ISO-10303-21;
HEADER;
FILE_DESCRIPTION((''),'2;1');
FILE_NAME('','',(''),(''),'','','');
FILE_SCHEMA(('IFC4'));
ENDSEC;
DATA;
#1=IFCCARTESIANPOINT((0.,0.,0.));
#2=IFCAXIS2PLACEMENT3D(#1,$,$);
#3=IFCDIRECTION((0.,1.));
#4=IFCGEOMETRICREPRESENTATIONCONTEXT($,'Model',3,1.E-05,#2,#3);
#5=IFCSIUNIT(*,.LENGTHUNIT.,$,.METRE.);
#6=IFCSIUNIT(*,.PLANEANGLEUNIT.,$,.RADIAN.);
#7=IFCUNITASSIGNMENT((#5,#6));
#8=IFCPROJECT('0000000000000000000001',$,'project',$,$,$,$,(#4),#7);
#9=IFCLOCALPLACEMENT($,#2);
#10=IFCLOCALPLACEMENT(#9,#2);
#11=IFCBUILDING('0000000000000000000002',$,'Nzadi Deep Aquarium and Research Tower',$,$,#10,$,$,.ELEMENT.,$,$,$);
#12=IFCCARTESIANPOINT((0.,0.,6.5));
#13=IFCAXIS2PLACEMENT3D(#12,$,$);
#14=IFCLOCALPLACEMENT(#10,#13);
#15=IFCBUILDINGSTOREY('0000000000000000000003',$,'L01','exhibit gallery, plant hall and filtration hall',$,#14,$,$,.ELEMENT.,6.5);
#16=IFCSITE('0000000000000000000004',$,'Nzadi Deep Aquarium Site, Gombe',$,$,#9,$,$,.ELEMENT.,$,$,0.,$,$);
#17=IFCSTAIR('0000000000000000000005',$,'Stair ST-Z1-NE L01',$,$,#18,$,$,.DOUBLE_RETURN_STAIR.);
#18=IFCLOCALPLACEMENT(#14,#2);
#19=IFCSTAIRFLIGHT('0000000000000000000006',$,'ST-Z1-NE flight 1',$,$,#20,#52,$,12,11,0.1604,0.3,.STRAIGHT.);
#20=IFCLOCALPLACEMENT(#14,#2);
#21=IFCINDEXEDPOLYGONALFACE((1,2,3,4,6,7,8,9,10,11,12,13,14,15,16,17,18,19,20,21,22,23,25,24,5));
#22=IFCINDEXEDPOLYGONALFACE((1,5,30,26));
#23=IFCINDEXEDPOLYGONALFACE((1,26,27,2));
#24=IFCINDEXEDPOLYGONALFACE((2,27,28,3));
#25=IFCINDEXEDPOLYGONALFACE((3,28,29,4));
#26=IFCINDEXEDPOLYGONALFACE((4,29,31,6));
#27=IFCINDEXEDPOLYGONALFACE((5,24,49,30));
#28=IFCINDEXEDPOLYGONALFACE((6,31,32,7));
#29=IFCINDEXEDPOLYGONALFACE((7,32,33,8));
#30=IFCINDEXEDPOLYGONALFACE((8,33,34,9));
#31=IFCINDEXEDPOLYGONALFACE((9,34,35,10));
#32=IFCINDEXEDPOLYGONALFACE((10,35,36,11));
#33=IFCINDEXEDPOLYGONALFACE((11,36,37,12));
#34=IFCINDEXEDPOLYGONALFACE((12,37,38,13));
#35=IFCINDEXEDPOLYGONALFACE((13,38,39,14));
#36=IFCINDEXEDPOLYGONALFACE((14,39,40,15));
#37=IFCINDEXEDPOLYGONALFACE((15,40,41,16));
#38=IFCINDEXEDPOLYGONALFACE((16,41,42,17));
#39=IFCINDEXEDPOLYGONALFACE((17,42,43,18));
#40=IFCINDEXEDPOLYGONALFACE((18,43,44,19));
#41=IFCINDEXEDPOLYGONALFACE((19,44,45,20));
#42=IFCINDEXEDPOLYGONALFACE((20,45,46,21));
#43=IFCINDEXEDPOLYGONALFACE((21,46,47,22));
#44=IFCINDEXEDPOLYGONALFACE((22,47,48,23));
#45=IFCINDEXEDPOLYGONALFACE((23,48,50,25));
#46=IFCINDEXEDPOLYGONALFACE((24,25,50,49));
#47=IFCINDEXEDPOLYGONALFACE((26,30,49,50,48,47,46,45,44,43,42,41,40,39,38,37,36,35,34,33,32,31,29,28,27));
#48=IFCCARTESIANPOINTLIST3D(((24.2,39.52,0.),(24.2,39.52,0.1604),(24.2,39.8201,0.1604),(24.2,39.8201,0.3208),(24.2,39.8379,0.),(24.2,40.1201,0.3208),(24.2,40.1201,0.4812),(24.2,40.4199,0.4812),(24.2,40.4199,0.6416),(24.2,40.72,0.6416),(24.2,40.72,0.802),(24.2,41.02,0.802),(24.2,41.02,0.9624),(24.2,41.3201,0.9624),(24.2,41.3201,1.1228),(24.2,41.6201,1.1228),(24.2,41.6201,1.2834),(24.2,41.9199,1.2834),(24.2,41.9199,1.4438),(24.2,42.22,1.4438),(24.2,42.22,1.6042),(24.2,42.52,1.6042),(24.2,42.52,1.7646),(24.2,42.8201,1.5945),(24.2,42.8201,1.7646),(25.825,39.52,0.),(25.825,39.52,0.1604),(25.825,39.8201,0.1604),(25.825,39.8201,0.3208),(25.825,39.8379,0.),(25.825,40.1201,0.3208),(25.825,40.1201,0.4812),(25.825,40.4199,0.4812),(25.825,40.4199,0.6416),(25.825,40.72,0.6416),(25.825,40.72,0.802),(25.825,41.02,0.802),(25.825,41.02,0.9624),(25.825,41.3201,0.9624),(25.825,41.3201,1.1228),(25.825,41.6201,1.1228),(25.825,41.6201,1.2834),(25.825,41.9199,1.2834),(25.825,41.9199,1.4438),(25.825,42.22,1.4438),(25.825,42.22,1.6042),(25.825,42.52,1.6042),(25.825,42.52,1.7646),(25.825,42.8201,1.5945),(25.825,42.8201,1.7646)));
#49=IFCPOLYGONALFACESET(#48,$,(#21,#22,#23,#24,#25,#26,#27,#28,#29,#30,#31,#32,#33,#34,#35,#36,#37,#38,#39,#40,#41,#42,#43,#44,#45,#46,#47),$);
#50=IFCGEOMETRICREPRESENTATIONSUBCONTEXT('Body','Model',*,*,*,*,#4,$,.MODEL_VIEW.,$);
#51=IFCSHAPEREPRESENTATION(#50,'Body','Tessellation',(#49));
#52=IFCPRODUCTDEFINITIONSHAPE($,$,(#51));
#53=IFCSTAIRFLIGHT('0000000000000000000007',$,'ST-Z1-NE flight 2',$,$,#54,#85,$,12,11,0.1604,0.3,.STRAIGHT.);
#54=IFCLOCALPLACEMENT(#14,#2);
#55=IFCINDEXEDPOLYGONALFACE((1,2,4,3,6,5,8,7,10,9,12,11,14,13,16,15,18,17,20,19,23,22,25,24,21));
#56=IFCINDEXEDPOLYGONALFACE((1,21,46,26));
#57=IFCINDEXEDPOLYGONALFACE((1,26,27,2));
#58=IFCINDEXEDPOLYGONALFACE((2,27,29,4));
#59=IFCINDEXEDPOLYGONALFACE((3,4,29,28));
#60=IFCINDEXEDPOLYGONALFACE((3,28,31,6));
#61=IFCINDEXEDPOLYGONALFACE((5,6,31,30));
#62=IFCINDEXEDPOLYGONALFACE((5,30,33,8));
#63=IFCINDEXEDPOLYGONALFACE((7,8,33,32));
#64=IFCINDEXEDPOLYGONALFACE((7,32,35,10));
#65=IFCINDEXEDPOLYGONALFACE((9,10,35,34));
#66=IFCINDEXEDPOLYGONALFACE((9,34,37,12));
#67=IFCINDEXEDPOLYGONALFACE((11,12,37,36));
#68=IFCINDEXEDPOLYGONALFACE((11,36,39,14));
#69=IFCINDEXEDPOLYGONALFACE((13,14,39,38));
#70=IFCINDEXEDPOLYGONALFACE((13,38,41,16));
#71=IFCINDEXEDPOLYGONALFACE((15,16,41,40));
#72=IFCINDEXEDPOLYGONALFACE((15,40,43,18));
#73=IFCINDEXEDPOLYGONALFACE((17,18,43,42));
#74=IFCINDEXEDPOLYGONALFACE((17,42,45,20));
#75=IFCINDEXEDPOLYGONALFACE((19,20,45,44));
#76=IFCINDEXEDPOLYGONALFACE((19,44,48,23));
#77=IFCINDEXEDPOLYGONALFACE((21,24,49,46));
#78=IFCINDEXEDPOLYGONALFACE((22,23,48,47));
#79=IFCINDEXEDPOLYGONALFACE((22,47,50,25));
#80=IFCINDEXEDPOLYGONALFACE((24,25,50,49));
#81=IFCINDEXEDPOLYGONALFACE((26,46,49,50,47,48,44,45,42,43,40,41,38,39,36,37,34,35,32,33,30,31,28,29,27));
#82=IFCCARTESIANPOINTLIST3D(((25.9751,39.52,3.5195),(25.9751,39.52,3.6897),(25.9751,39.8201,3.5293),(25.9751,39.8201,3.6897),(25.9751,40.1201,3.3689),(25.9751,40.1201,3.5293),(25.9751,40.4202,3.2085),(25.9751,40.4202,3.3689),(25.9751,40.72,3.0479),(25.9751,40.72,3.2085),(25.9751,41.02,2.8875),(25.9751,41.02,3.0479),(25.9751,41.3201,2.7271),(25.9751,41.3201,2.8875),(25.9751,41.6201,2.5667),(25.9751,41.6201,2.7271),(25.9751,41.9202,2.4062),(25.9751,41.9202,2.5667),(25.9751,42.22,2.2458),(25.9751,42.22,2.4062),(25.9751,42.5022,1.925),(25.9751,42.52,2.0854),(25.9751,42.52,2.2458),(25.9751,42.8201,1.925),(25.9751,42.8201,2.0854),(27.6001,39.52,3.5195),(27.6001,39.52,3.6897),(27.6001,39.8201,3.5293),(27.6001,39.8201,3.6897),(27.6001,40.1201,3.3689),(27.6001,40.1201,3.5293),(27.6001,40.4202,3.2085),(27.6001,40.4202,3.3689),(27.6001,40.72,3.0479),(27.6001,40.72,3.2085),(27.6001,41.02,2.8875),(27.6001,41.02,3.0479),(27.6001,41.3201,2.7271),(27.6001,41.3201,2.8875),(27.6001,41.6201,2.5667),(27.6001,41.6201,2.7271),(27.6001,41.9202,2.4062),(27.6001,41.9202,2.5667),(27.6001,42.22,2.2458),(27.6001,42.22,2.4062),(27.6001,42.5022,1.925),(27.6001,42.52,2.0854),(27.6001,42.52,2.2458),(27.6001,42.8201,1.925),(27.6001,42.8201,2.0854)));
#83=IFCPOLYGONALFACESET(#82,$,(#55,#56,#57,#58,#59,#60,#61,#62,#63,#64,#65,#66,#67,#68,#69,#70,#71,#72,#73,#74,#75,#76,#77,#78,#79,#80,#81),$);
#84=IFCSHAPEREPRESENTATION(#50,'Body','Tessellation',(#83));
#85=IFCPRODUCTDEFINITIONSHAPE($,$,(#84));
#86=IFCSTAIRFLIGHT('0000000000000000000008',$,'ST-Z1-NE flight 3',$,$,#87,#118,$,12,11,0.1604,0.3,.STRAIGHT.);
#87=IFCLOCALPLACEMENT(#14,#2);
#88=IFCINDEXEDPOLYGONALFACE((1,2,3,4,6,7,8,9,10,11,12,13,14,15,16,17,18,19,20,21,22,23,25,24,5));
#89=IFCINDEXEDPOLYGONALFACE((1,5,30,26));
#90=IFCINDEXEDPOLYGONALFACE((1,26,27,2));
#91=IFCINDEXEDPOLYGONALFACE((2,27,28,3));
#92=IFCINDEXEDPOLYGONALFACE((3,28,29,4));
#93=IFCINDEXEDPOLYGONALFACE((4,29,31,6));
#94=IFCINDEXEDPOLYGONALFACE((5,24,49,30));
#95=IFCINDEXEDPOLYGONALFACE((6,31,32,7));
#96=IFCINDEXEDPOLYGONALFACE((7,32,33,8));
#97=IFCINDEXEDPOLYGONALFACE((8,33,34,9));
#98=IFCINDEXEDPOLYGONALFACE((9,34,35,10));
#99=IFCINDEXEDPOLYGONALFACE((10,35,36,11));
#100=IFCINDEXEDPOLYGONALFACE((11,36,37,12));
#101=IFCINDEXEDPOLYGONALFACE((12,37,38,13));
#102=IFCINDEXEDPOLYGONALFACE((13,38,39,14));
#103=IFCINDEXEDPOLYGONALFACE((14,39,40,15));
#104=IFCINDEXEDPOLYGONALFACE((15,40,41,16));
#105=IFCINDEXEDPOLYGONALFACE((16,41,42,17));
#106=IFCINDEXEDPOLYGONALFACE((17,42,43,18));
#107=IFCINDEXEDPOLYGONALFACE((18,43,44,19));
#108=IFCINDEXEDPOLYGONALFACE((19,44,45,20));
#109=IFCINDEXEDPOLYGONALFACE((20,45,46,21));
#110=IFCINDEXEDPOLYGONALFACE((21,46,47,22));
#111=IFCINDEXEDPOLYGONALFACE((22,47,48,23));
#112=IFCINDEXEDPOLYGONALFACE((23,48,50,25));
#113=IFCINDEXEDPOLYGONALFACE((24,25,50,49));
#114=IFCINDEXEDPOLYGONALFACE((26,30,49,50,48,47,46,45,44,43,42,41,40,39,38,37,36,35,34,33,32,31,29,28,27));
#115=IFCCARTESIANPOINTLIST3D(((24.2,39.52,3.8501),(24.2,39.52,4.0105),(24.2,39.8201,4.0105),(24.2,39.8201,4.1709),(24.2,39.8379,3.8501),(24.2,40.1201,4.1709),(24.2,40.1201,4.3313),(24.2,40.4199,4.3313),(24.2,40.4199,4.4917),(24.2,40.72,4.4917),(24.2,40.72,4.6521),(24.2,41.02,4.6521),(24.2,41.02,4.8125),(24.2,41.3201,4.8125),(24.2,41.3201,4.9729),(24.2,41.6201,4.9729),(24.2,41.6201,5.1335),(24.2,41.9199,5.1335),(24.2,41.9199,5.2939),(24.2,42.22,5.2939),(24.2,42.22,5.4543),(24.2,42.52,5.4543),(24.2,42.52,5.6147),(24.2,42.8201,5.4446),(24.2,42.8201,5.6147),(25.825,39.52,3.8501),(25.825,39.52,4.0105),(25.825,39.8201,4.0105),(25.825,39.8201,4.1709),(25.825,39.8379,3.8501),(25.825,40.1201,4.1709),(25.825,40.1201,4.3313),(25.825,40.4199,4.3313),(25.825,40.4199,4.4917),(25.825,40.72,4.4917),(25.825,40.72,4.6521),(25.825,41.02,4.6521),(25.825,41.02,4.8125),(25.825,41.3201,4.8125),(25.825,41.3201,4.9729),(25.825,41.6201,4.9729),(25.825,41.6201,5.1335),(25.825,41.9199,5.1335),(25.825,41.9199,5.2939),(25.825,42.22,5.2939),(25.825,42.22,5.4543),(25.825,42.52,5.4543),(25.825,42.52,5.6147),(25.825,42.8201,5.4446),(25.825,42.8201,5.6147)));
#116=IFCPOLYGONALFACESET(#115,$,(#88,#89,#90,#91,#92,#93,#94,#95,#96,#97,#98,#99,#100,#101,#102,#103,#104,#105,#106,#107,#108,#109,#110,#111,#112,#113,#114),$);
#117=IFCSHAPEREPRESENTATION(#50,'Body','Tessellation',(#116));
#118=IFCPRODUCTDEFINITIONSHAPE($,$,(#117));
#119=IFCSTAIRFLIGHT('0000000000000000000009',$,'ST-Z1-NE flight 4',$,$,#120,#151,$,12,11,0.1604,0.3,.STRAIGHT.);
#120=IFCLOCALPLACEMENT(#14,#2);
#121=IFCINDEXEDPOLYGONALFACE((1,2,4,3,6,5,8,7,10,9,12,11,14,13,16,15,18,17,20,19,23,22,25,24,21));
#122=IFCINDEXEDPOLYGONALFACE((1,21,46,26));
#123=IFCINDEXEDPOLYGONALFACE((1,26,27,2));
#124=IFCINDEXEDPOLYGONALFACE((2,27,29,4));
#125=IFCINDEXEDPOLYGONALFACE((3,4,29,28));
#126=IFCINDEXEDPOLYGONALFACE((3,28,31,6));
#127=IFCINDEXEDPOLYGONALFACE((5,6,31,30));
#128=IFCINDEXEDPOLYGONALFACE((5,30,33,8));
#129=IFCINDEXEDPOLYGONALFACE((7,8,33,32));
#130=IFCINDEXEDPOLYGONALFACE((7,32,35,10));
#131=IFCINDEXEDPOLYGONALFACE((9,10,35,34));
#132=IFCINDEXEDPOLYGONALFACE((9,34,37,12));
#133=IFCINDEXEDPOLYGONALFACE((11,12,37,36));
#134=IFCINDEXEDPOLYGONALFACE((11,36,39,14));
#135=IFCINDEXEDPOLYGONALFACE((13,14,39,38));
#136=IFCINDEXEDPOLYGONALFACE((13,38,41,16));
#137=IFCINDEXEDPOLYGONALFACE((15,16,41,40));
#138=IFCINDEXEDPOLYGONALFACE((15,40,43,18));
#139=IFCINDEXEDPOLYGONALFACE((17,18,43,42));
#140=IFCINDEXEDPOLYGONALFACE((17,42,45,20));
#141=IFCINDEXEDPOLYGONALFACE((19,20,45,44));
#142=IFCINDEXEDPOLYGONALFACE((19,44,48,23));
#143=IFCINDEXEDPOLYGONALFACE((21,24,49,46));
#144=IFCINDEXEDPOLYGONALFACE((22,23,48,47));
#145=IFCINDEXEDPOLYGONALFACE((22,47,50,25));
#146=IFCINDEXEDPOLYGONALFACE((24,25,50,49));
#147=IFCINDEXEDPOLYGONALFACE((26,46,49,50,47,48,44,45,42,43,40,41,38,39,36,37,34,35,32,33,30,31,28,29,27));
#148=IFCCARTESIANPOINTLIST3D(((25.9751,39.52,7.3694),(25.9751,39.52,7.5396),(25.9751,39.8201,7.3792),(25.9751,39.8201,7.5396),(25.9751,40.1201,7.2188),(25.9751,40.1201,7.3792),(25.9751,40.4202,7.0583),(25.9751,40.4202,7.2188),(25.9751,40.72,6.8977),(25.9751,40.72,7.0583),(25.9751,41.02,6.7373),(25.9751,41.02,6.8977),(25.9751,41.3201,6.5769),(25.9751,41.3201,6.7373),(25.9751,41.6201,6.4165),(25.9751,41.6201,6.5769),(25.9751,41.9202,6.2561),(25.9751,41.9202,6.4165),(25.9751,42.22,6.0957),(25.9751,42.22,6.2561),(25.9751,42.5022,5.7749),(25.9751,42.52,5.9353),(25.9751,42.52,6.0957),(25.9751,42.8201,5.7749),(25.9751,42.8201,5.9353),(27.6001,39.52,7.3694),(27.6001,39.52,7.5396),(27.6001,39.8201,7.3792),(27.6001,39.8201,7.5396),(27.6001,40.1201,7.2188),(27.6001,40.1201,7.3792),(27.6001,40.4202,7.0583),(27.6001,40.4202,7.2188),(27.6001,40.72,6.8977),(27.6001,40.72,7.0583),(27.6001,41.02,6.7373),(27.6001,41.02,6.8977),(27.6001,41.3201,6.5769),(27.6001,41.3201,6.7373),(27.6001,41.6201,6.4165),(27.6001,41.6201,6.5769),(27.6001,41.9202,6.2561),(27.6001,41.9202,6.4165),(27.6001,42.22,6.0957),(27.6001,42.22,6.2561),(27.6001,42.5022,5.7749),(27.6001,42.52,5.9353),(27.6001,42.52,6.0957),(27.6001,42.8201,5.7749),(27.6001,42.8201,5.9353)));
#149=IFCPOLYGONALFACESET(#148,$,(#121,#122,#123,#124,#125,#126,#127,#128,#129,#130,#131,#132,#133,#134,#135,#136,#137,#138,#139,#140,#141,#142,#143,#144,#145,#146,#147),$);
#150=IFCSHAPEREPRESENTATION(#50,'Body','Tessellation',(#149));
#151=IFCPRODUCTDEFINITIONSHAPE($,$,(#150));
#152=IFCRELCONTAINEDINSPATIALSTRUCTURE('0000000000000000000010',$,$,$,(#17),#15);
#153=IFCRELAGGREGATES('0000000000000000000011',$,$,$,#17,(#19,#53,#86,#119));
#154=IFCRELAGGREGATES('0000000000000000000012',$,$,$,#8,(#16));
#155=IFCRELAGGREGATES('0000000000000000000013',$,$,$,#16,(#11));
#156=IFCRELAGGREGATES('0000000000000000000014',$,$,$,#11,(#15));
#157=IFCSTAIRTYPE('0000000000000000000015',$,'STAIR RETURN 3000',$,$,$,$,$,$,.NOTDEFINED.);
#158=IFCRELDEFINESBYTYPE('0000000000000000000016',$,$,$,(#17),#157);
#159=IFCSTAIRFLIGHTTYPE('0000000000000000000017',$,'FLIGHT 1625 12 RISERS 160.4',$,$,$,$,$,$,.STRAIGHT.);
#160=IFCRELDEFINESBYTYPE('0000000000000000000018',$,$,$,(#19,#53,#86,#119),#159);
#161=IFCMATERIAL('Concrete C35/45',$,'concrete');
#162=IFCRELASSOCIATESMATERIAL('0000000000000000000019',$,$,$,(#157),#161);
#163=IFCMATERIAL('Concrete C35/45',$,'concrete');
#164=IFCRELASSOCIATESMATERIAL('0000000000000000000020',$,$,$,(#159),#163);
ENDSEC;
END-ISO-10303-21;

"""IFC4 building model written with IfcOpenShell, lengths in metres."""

from ifc_helpers import new_model, si_unit, direction, frame, origin, place, context, subcontext, project, spatial, polyline, outline, extrude, material, type_object, element, aggregate, save


model = new_model("IFC4")

# Units and contexts
model_context = context("Model", 3, precision=1e-05, world=origin(), true_north=direction((0.0, 1.0)))
body_context = subcontext(model_context, "Body", "Model", "MODEL_VIEW")
ifc_project = project(units=[si_unit("LENGTHUNIT", "METRE"), si_unit("PLANEANGLEUNIT", "RADIAN")], contexts=[model_context])

# Site, building, storey
site_placement = place(None, origin())
site = spatial("IfcSite", under=ifc_project, at=site_placement, Name="Nzadi Deep Aquarium Site, Gombe", CompositionType="ELEMENT", RefElevation=0.0)
building_placement = place(site_placement, origin())
building = spatial("IfcBuilding", under=site, at=building_placement, Name="Nzadi Deep Aquarium and Research Tower", CompositionType="ELEMENT")
storey_placement = place(building_placement, frame((0.0, 0.0, 6.5)))
storey = spatial("IfcBuildingStorey", under=building, at=storey_placement, Name="L01", Description="exhibit gallery, plant hall and filtration hall", CompositionType="ELEMENT", Elevation=6.5)

# Stair, stair flights
ifc_material_1 = material(Name="Concrete C35/45", Category="concrete")
stair_type = type_object("IfcStairType", Name="STAIR RETURN 3000", PredefinedType="NOTDEFINED", material=ifc_material_1)
stair_placement = place(storey_placement, origin())
stair = element("IfcStair", 1, at=stair_placement, inside=storey, type_object=stair_type, Name="Stair ST-Z1-NE L01", PredefinedType="DOUBLE_RETURN_STAIR")
ifc_material_2 = material(Name="Concrete C35/45", Category="concrete")
stair_flight_type = type_object("IfcStairFlightType", Name="FLIGHT 1625 12 RISERS 160.4", PredefinedType="STRAIGHT", material=ifc_material_2)
stair_flight_1_placement = place(storey_placement, frame((25.0125, 39.52, 0.0), z_axis=(0.0, 0.0, 1.0), x_axis=(0.0, 1.0, 0.0)))
stair_flight_1 = element("IfcStairFlight", 2, at=stair_flight_1_placement, type_object=stair_flight_type, Name="ST-Z1-NE flight 1", NumberOfRisers=12, NumberOfTreads=11, PredefinedType="STRAIGHT", RiserHeight=0.1604, TreadLength=0.3, context=body_context, shape_type="SweptSolid", body=[
    extrude(outline(polyline([(0.0, 0.0), (0.0, 0.1604), (0.3, 0.1604), (0.3, 0.3208), (0.6001, 0.3208), (0.6001, 0.4812), (0.8999, 0.4812), (0.8999, 0.6416), (1.2, 0.6416), (1.2, 0.802), (1.5, 0.802), (1.5, 0.9624), (1.8, 0.9624), (1.8, 1.1228), (2.1001, 1.1228), (2.1001, 1.2834), (2.3999, 1.2834), (2.3999, 1.4438), (2.7, 1.4438), (2.7, 1.6042), (3.0, 1.6042), (3.0, 1.7646), (3.3, 1.7646), (3.3, 1.925), (3.3, 1.5945), (0.3179, 0.0), (0.0, 0.0)])), frame((0.0, 0.8125, 0.0), z_axis=(0.0, -1.0, 0.0), x_axis=(1.0, 0.0, 0.0)), (0.0, 0.0, 1.0), 1.625),
])
stair_flight_2_placement = place(storey_placement, frame((26.7876, 42.8201, 1.925), z_axis=(0.0, 0.0, 1.0), x_axis=(0.0, -1.0, 0.0)))
stair_flight_2 = element("IfcStairFlight", 3, at=stair_flight_2_placement, type_object=stair_flight_type, Name="ST-Z1-NE flight 2", NumberOfRisers=12, NumberOfTreads=11, PredefinedType="STRAIGHT", RiserHeight=0.1604, TreadLength=0.3, context=body_context, shape_type="SweptSolid", body=[
    extrude(outline(polyline([(0.0, 0.0), (0.0, 0.1604), (0.3, 0.1604), (0.3, 0.3208), (0.6001, 0.3208), (0.6001, 0.4812), (0.8999, 0.4812), (0.8999, 0.6416), (1.2, 0.6416), (1.2, 0.802), (1.5, 0.802), (1.5, 0.9624), (1.8, 0.9624), (1.8, 1.1228), (2.1001, 1.1228), (2.1001, 1.2834), (2.3999, 1.2834), (2.3999, 1.4438), (2.7, 1.4438), (2.7, 1.6042), (3.0, 1.6042), (3.0, 1.7646), (3.3, 1.7646), (3.3, 1.925), (3.3, 1.5945), (0.3179, 0.0), (0.0, 0.0)])), frame((0.0, 0.8125, 0.0), z_axis=(0.0, -1.0, 0.0), x_axis=(1.0, 0.0, 0.0)), (0.0, 0.0, 1.0), 1.625),
])
stair_flight_3_placement = place(storey_placement, frame((25.0125, 39.52, 3.8501), z_axis=(0.0, 0.0, 1.0), x_axis=(0.0, 1.0, 0.0)))
stair_flight_3 = element("IfcStairFlight", 4, at=stair_flight_3_placement, type_object=stair_flight_type, Name="ST-Z1-NE flight 3", NumberOfRisers=12, NumberOfTreads=11, PredefinedType="STRAIGHT", RiserHeight=0.1604, TreadLength=0.3, context=body_context, shape_type="SweptSolid", body=[
    extrude(outline(polyline([(0.0, 0.0), (0.0, 0.1604), (0.3, 0.1604), (0.3, 0.3208), (0.6001, 0.3208), (0.6001, 0.4812), (0.8999, 0.4812), (0.8999, 0.6416), (1.2, 0.6416), (1.2, 0.802), (1.5, 0.802), (1.5, 0.9624), (1.8, 0.9624), (1.8, 1.1228), (2.1001, 1.1228), (2.1001, 1.2834), (2.3999, 1.2834), (2.3999, 1.4438), (2.7, 1.4438), (2.7, 1.6042), (3.0, 1.6042), (3.0, 1.7646), (3.3, 1.7646), (3.3, 1.925), (3.3, 1.5945), (0.3179, 0.0), (0.0, 0.0)])), frame((0.0, 0.8125, 0.0), z_axis=(0.0, -1.0, 0.0), x_axis=(1.0, 0.0, 0.0)), (0.0, 0.0, 1.0), 1.625),
])
stair_flight_4_placement = place(storey_placement, frame((26.7876, 42.8201, 5.7749), z_axis=(0.0, 0.0, 1.0), x_axis=(0.0, -1.0, 0.0)))
stair_flight_4 = element("IfcStairFlight", 5, at=stair_flight_4_placement, type_object=stair_flight_type, Name="ST-Z1-NE flight 4", NumberOfRisers=12, NumberOfTreads=11, PredefinedType="STRAIGHT", RiserHeight=0.1604, TreadLength=0.3, context=body_context, shape_type="SweptSolid", body=[
    extrude(outline(polyline([(0.0, 0.0), (0.0, 0.1604), (0.3, 0.1604), (0.3, 0.3208), (0.6001, 0.3208), (0.6001, 0.4812), (0.8999, 0.4812), (0.8999, 0.6416), (1.2, 0.6416), (1.2, 0.802), (1.5, 0.802), (1.5, 0.9624), (1.8, 0.9624), (1.8, 1.1228), (2.1001, 1.1228), (2.1001, 1.2834), (2.3999, 1.2834), (2.3999, 1.4438), (2.7, 1.4438), (2.7, 1.6042), (3.0, 1.6042), (3.0, 1.7646), (3.3, 1.7646), (3.3, 1.925), (3.3, 1.5945), (0.3179, 0.0), (0.0, 0.0)])), frame((0.0, 0.8125, 0.0), z_axis=(0.0, -1.0, 0.0), x_axis=(1.0, 0.0, 0.0)), (0.0, 0.0, 1.0), 1.625),
])
aggregate(stair, [stair_flight_1, stair_flight_2, stair_flight_3, stair_flight_4])

save(model, "model.ifc")
